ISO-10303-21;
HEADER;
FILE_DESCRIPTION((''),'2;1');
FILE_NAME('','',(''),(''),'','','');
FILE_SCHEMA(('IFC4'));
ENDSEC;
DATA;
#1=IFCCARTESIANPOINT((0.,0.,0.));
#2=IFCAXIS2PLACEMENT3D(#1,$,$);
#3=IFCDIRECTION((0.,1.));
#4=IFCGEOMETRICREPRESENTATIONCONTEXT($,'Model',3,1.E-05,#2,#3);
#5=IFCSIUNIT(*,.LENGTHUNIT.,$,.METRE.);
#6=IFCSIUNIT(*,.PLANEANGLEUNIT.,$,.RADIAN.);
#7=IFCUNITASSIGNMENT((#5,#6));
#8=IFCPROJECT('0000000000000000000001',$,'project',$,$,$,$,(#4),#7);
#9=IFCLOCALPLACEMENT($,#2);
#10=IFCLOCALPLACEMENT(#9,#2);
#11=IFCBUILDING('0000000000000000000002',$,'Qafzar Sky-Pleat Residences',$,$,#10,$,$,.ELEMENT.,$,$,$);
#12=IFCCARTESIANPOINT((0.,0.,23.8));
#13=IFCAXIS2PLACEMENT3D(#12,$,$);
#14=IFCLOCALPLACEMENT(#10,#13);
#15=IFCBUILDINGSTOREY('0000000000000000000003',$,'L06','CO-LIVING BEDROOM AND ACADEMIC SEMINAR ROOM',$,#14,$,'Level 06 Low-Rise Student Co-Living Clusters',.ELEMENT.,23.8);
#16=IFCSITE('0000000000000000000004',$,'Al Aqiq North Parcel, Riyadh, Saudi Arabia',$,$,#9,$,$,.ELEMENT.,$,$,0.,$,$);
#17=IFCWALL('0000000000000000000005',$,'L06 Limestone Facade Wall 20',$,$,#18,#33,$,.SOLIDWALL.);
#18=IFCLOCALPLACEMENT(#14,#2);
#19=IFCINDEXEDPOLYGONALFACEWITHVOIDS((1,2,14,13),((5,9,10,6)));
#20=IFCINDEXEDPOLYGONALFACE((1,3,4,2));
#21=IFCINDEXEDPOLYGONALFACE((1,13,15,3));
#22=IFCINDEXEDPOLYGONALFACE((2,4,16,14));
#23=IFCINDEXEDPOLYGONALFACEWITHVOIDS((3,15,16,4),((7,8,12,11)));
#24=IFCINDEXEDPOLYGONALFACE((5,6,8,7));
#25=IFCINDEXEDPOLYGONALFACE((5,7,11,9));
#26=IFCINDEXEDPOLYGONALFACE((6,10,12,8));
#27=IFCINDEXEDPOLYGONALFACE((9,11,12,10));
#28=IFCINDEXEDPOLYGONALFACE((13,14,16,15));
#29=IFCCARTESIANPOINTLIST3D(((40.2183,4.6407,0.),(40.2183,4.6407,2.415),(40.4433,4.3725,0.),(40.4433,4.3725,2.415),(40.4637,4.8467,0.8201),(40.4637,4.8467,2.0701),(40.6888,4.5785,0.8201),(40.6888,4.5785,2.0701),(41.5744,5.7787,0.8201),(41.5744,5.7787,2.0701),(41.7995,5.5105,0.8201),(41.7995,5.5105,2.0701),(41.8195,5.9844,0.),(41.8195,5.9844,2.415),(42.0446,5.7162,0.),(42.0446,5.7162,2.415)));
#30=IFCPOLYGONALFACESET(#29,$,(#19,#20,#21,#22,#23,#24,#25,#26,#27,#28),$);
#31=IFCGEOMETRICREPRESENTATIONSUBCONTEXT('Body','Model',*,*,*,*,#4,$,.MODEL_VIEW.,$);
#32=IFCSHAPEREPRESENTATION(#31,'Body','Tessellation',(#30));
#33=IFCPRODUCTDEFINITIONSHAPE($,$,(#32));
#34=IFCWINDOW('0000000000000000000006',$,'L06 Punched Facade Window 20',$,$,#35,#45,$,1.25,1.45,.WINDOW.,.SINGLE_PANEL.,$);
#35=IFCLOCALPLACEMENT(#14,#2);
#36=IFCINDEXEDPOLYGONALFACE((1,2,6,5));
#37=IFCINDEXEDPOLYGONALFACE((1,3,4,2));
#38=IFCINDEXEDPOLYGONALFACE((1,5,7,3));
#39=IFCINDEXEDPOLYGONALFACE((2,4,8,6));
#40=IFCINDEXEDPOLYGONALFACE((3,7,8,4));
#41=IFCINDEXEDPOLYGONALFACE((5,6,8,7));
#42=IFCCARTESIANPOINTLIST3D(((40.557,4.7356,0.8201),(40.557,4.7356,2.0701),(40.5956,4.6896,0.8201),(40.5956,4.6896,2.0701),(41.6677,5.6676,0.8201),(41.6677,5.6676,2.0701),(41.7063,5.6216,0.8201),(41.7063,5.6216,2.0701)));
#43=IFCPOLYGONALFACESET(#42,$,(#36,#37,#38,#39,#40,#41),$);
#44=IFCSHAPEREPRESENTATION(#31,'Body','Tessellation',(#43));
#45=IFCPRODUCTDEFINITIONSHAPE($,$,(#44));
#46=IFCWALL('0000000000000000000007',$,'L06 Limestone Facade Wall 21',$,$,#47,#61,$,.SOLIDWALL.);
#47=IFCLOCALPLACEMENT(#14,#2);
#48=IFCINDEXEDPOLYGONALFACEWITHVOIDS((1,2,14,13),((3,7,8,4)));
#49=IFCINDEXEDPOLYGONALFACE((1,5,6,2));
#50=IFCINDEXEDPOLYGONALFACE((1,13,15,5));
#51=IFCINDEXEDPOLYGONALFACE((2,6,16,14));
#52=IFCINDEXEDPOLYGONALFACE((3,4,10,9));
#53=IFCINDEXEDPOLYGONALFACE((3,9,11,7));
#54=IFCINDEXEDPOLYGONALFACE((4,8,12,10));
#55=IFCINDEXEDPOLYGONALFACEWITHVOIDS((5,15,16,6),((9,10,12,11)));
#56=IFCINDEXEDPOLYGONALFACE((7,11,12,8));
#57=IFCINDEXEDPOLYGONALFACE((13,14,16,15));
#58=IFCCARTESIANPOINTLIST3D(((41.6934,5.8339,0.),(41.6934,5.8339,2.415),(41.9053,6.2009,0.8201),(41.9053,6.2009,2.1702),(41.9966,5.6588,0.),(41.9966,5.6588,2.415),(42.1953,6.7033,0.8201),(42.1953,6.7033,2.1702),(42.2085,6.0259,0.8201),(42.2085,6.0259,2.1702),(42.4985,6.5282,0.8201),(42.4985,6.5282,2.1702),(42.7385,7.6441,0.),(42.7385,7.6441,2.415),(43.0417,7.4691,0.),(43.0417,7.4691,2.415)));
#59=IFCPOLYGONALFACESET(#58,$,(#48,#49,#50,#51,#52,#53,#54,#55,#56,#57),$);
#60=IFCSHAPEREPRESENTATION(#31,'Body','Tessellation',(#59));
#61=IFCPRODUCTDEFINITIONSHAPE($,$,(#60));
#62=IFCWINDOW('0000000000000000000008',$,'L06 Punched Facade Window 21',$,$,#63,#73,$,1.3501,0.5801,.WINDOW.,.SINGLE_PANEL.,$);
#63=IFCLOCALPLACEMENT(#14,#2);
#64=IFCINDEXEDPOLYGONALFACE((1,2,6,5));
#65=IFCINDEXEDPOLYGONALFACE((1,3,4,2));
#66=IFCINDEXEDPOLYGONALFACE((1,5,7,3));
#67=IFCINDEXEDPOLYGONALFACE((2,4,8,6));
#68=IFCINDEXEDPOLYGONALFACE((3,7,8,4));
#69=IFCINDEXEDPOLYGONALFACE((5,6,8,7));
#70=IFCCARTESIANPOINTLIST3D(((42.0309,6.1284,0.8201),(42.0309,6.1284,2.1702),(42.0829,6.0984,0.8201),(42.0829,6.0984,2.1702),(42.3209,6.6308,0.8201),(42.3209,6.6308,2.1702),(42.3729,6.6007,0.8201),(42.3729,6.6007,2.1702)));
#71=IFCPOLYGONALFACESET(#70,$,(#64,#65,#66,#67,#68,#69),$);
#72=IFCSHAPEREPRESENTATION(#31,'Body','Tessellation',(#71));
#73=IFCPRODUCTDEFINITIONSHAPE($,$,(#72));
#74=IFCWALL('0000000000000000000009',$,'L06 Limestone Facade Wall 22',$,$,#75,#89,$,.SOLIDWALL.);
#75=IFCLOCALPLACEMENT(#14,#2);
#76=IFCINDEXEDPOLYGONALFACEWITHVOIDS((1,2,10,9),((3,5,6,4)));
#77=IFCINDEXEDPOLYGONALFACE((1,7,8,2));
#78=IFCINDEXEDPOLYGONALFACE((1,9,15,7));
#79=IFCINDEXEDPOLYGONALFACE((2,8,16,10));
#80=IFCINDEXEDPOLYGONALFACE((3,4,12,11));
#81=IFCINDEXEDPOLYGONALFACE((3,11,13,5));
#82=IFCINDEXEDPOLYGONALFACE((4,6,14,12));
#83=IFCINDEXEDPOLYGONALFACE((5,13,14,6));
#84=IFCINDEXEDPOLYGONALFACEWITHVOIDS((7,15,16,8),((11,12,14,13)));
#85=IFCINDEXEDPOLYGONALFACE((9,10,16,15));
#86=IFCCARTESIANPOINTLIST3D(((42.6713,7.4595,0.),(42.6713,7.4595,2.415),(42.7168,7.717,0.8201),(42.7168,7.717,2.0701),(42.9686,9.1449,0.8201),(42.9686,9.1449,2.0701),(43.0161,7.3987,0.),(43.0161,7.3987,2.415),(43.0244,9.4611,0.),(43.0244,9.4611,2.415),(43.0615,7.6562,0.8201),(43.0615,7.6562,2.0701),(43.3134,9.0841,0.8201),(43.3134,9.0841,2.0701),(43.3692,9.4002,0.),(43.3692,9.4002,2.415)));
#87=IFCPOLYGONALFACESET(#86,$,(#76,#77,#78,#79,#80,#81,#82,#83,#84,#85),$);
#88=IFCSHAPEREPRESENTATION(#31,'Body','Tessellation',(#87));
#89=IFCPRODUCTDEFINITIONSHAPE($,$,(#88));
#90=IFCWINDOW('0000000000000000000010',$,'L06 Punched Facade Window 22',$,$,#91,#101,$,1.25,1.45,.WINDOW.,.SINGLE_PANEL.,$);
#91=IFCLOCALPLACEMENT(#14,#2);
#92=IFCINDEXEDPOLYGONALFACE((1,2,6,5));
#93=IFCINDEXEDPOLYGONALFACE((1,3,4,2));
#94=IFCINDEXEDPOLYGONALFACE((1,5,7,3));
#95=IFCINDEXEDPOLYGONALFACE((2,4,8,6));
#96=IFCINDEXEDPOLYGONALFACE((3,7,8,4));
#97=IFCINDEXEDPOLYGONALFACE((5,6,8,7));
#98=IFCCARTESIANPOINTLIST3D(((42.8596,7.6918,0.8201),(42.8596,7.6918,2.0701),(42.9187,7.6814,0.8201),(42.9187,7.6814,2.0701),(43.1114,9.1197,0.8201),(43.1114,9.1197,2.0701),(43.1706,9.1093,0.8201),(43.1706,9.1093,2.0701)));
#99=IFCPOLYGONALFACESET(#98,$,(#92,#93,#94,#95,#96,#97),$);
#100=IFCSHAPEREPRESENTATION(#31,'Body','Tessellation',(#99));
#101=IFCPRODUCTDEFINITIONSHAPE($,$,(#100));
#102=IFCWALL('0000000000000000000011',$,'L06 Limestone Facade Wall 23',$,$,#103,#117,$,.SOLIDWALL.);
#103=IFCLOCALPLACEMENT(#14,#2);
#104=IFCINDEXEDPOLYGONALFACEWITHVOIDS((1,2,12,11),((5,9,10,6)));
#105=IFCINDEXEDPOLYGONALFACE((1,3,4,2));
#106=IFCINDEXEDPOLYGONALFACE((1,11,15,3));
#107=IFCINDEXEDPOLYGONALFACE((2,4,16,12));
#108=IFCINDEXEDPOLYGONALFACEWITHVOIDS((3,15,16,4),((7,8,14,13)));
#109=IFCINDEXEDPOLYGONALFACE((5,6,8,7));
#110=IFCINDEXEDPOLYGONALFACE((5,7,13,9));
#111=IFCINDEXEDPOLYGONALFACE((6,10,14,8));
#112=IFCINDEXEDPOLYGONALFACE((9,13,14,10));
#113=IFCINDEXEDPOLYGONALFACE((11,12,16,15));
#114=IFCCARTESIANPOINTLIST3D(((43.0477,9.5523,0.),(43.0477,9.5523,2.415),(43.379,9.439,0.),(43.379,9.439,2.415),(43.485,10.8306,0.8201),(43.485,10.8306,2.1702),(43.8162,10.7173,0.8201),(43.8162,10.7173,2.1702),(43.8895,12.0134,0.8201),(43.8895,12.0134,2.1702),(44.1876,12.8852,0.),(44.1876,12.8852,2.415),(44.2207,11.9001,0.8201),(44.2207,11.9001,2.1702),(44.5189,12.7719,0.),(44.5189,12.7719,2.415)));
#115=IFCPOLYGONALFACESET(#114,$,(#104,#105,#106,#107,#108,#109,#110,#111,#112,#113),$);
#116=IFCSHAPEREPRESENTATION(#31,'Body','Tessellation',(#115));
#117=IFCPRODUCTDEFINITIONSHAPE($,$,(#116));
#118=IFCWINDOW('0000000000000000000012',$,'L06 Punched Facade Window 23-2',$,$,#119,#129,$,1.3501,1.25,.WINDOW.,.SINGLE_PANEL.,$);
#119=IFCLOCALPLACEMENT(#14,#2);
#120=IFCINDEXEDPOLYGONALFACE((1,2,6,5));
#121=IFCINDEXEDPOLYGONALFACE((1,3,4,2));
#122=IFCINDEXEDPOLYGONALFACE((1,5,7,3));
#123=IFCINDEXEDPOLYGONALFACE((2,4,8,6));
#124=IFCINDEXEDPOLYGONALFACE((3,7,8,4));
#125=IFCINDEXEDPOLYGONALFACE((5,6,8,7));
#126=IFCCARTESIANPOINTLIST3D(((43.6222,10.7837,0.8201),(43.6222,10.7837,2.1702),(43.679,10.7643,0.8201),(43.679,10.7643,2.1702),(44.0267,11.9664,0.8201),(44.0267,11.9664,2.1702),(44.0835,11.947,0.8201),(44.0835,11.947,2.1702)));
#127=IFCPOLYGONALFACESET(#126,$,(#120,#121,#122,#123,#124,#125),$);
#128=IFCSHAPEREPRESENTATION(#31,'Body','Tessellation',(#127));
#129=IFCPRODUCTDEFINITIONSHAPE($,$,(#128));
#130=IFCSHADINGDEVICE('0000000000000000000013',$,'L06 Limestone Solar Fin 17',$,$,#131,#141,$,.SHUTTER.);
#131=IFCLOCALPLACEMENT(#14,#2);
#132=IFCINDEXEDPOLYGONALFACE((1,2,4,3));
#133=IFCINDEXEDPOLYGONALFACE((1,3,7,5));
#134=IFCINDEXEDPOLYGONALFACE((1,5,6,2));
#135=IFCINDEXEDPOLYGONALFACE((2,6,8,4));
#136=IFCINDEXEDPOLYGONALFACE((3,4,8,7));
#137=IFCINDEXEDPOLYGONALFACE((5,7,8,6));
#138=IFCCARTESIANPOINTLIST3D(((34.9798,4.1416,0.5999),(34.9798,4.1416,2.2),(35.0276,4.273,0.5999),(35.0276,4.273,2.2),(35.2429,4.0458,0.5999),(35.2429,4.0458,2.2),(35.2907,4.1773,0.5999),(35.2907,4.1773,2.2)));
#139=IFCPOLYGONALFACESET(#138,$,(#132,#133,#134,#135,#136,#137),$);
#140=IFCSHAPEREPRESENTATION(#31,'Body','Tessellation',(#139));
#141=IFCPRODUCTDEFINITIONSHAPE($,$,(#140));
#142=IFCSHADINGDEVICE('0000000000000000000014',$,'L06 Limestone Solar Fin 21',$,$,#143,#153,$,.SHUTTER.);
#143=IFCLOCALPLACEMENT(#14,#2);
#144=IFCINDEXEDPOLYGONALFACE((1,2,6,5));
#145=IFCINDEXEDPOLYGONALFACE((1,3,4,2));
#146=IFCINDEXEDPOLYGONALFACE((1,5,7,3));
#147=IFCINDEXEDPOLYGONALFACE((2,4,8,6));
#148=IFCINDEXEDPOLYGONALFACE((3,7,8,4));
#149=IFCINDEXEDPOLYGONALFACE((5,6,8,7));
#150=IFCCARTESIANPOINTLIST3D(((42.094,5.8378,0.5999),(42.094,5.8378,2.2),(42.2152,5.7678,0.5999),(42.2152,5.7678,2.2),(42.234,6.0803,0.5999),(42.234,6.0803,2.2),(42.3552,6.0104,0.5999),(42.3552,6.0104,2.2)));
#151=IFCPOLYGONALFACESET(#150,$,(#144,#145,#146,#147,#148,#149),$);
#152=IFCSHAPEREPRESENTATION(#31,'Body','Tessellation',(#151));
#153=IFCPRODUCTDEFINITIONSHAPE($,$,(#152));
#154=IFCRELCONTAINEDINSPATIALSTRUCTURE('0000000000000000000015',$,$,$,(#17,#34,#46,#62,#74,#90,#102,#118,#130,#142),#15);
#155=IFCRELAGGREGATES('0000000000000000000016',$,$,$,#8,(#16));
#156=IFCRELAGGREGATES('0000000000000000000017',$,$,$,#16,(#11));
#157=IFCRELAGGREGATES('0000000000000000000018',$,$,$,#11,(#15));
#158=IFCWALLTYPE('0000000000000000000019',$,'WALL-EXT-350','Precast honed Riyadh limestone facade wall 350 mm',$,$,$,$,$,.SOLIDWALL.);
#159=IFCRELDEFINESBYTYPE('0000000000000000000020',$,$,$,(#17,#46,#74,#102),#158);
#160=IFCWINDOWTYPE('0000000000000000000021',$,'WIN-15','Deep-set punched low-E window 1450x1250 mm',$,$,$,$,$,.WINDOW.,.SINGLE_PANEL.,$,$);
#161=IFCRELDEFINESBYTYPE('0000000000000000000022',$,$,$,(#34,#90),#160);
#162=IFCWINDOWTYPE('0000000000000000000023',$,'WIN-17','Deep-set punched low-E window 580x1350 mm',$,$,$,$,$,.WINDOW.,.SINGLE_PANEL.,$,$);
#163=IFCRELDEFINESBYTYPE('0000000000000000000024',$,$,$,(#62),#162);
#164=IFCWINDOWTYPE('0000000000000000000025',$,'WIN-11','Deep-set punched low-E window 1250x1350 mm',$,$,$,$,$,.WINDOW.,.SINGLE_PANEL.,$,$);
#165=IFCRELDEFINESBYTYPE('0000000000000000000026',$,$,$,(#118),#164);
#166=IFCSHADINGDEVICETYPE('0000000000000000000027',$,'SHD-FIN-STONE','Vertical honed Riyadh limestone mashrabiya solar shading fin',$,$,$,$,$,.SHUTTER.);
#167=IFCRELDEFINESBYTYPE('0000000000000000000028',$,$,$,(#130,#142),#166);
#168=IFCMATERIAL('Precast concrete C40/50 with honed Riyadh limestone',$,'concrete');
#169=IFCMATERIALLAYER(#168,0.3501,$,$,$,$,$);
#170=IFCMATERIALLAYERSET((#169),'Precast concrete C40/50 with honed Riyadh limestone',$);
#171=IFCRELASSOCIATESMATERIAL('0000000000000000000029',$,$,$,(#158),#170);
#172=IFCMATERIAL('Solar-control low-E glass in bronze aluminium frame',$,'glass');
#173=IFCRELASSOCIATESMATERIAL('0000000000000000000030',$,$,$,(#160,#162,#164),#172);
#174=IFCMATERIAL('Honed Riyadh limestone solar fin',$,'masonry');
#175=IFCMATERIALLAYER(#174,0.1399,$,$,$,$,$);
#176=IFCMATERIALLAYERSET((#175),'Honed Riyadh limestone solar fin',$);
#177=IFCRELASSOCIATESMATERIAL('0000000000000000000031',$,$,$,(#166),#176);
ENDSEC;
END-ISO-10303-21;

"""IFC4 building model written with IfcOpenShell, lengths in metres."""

from ifc_helpers import new_model, si_unit, direction, frame, frame_2d, origin, origin_2d, place, context, subcontext, project, spatial, rectangle, extrude, source, transform, mapped, material, layer, layer_set, type_object, element, fill, save


model = new_model("IFC4")

# Units and contexts
model_context = context("Model", 3, precision=1e-05, world=origin(), true_north=direction((0.0, 1.0)))
body_context = subcontext(model_context, "Body", "Model", "MODEL_VIEW")
ifc_project = project(units=[si_unit("LENGTHUNIT", "METRE"), si_unit("PLANEANGLEUNIT", "RADIAN")], contexts=[model_context])

# Site, building, storey
site_placement = place(None, origin())
site = spatial("IfcSite", under=ifc_project, at=site_placement, Name="Al Aqiq North Parcel, Riyadh, Saudi Arabia", CompositionType="ELEMENT", RefElevation=0.0)
building_placement = place(site_placement, origin())
building = spatial("IfcBuilding", under=site, at=building_placement, Name="Qafzar Sky-Pleat Residences", CompositionType="ELEMENT")
storey_placement = place(building_placement, frame((0.0, 0.0, 23.8)))
storey = spatial("IfcBuildingStorey", under=building, at=storey_placement, Name="L06", Description="CO-LIVING BEDROOM AND ACADEMIC SEMINAR ROOM", LongName="Level 06 Low-Rise Student Co-Living Clusters", CompositionType="ELEMENT", Elevation=23.8)

# Walls, openings, windows
ifc_material_1 = material(Name="Precast concrete C40/50 with honed Riyadh limestone", Category="concrete")
ifc_layer_1 = layer(ifc_material_1, 0.3501)
ifc_layer_set_1 = layer_set([ifc_layer_1], Name="Precast concrete C40/50 with honed Riyadh limestone")
wall_type_1 = type_object("IfcWallType", Name="WALL-EXT-350", Description="Precast honed Riyadh limestone facade wall 350 mm", PredefinedType="SOLIDWALL", material=ifc_layer_set_1)
ifc_material_2 = material(Name="Solar-control low-E glass in bronze aluminium frame", Category="glass")
window_type_1 = type_object("IfcWindowType", Name="WIN-15", Description="Deep-set punched low-E window 1450x1250 mm", PartitioningType="SINGLE_PANEL", PredefinedType="WINDOW", material=ifc_material_2)
shared_shape_1 = source(origin(), body_context, "Body", "SweptSolid", [
    extrude(rectangle(XDim=1.45, YDim=1.25, at=frame_2d((0.7251, 0.625))), frame((0.0, 0.03, 0.0), z_axis=(0.0, -1.0, 0.0), x_axis=(1.0, 0.0, 0.0)), (0.0, 0.0, 1.0), 0.0601),
])
wall_1_placement = place(storey_placement, frame((40.3308, 4.5066, 0.0), z_axis=(0.0, 0.0, 1.0), x_axis=(0.766025, 0.642811, 0.0)))
wall_1 = element("IfcWall", 1, at=wall_1_placement, inside=storey, type_object=wall_type_1, Name="L06 Limestone Facade Wall 20", PredefinedType="SOLIDWALL", context=body_context, shape_type="SweptSolid", body=[
    extrude(rectangle(XDim=2.0903, YDim=0.3501, at=frame_2d((1.0452, 0.0))), origin(), (0.0, 0.0, 1.0), 2.415),
])
opening_1_placement = place(wall_1_placement, frame((0.3203, 0.0, 0.8201)))
opening_1 = element("IfcOpeningElement", 2, at=opening_1_placement, cuts=wall_1, PredefinedType="OPENING", context=body_context, shape_type="SweptSolid", body=[
    extrude(rectangle(XDim=1.45, YDim=1.25, at=frame_2d((0.7251, 0.625))), frame((0.0, 0.1851, 0.0), z_axis=(0.0, -1.0, 0.0), x_axis=(1.0, 0.0, 0.0)), (0.0, 0.0, 1.0), 0.3701),
])
window_1_placement = place(opening_1_placement, origin())
window_1 = element("IfcWindow", 3, at=window_1_placement, inside=storey, type_object=window_type_1, Name="L06 Punched Facade Window 20", OverallHeight=1.25, OverallWidth=1.45, PartitioningType="SINGLE_PANEL", PredefinedType="WINDOW", context=body_context, shape_type="MappedRepresentation", body=[
    mapped(shared_shape_1, transform((0.0, 0.0, 0.0), x_axis=(1.0, 0.0, 0.0), y_axis=(0.0, 1.0, 0.0), z_axis=(0.0, 0.0, 1.0), scale=1.0)),
])
fill(opening_1, window_1)
wall_2_placement = place(storey_placement, frame((41.845, 5.7463, 0.0), z_axis=(0.0, 0.0, 1.0), x_axis=(0.499995, 0.866028, 0.0)))
wall_2 = element("IfcWall", 4, at=wall_2_placement, inside=storey, type_object=wall_type_1, Name="L06 Limestone Facade Wall 21", PredefinedType="SOLIDWALL", context=body_context, shape_type="SweptSolid", body=[
    extrude(rectangle(XDim=2.0903, YDim=0.3501, at=frame_2d((1.0452, 0.0))), origin(), (0.0, 0.0, 1.0), 2.415),
])
opening_2_placement = place(wall_2_placement, frame((0.4238, 0.0, 0.8201)))
opening_2 = element("IfcOpeningElement", 5, at=opening_2_placement, cuts=wall_2, PredefinedType="OPENING", context=body_context, shape_type="SweptSolid", body=[
    extrude(rectangle(XDim=0.5801, YDim=1.3501, at=frame_2d((0.29, 0.675))), frame((0.0, 0.1851, 0.0), z_axis=(0.0, -1.0, 0.0), x_axis=(1.0, 0.0, 0.0)), (0.0, 0.0, 1.0), 0.3701),
])
window_type_2 = type_object("IfcWindowType", Name="WIN-17", Description="Deep-set punched low-E window 580x1350 mm", PartitioningType="SINGLE_PANEL", PredefinedType="WINDOW", material=ifc_material_2)
shared_shape_2 = source(origin(), body_context, "Body", "SweptSolid", [
    extrude(rectangle(XDim=0.5801, YDim=1.3501, at=frame_2d((0.29, 0.675))), frame((0.0, 0.03, 0.0), z_axis=(0.0, -1.0, 0.0), x_axis=(1.0, 0.0, 0.0)), (0.0, 0.0, 1.0), 0.0601),
])
window_2_placement = place(opening_2_placement, origin())
window_2 = element("IfcWindow", 6, at=window_2_placement, inside=storey, type_object=window_type_2, Name="L06 Punched Facade Window 21", OverallHeight=1.3501, OverallWidth=0.5801, PartitioningType="SINGLE_PANEL", PredefinedType="WINDOW", context=body_context, shape_type="MappedRepresentation", body=[
    mapped(shared_shape_2, transform((0.0, 0.0, 0.0), x_axis=(1.0, 0.0, 0.0), y_axis=(0.0, 1.0, 0.0), z_axis=(0.0, 0.0, 1.0), scale=1.0)),
])
fill(opening_2, window_2)
wall_3_placement = place(storey_placement, frame((42.8438, 7.4292, 0.0), z_axis=(0.0, 0.0, 1.0), x_axis=(0.173703, 0.984798, 0.0)))
wall_3 = element("IfcWall", 7, at=wall_3_placement, inside=storey, type_object=wall_type_1, Name="L06 Limestone Facade Wall 22", PredefinedType="SOLIDWALL", context=body_context, shape_type="SweptSolid", body=[
    extrude(rectangle(XDim=2.0325, YDim=0.3501, at=frame_2d((1.0161, 0.0))), origin(), (0.0, 0.0, 1.0), 2.415),
])
opening_3_placement = place(wall_3_placement, frame((0.2612, 0.0, 0.8201)))
opening_3 = element("IfcOpeningElement", 8, at=opening_3_placement, cuts=wall_3, PredefinedType="OPENING", context=body_context, shape_type="SweptSolid", body=[
    extrude(rectangle(XDim=1.45, YDim=1.25, at=frame_2d((0.7251, 0.625))), frame((0.0, 0.1851, 0.0), z_axis=(0.0, -1.0, 0.0), x_axis=(1.0, 0.0, 0.0)), (0.0, 0.0, 1.0), 0.3701),
])
window_3_placement = place(opening_3_placement, origin())
window_3 = element("IfcWindow", 9, at=window_3_placement, inside=storey, type_object=window_type_1, Name="L06 Punched Facade Window 22", OverallHeight=1.25, OverallWidth=1.45, PartitioningType="SINGLE_PANEL", PredefinedType="WINDOW", context=body_context, shape_type="MappedRepresentation", body=[
    mapped(shared_shape_1, transform((0.0, 0.0, 0.0), x_axis=(1.0, 0.0, 0.0), y_axis=(0.0, 1.0, 0.0), z_axis=(0.0, 0.0, 1.0), scale=1.0)),
])
fill(opening_3, window_3)
wall_4_placement = place(storey_placement, frame((43.2134, 9.4956, 0.0), z_axis=(0.0, 0.0, 1.0), x_axis=(0.3236, 0.946194, 0.0)))
wall_4 = element("IfcWall", 10, at=wall_4_placement, inside=storey, type_object=wall_type_1, Name="L06 Limestone Facade Wall 23", PredefinedType="SOLIDWALL", context=body_context, shape_type="SweptSolid", body=[
    extrude(rectangle(XDim=3.5225, YDim=0.3501, at=frame_2d((1.7612, 0.0))), origin(), (0.0, 0.0, 1.0), 2.415),
])
opening_4_placement = place(wall_4_placement, frame((1.3511, 0.0, 0.8201)))
opening_4 = element("IfcOpeningElement", 11, at=opening_4_placement, cuts=wall_4, PredefinedType="OPENING", context=body_context, shape_type="SweptSolid", body=[
    extrude(rectangle(XDim=1.25, YDim=1.3501, at=frame_2d((0.625, 0.675))), frame((0.0, 0.1851, 0.0), z_axis=(0.0, -1.0, 0.0), x_axis=(1.0, 0.0, 0.0)), (0.0, 0.0, 1.0), 0.3701),
])
window_type_3 = type_object("IfcWindowType", Name="WIN-11", Description="Deep-set punched low-E window 1250x1350 mm", PartitioningType="SINGLE_PANEL", PredefinedType="WINDOW", material=ifc_material_2)
shared_shape_3 = source(origin(), body_context, "Body", "SweptSolid", [
    extrude(rectangle(XDim=1.25, YDim=1.3501, at=frame_2d((0.625, 0.675))), frame((0.0, 0.03, 0.0), z_axis=(0.0, -1.0, 0.0), x_axis=(1.0, 0.0, 0.0)), (0.0, 0.0, 1.0), 0.0601),
])
window_4_placement = place(opening_4_placement, origin())
window_4 = element("IfcWindow", 12, at=window_4_placement, inside=storey, type_object=window_type_3, Name="L06 Punched Facade Window 23-2", OverallHeight=1.3501, OverallWidth=1.25, PartitioningType="SINGLE_PANEL", PredefinedType="WINDOW", context=body_context, shape_type="MappedRepresentation", body=[
    mapped(shared_shape_3, transform((0.0, 0.0, 0.0), x_axis=(1.0, 0.0, 0.0), y_axis=(0.0, 1.0, 0.0), z_axis=(0.0, 0.0, 1.0), scale=1.0)),
])
fill(opening_4, window_4)

# Shading devices
ifc_material_3 = material(Name="Honed Riyadh limestone solar fin", Category="masonry")
ifc_layer_2 = layer(ifc_material_3, 0.1399)
ifc_layer_set_2 = layer_set([ifc_layer_2], Name="Honed Riyadh limestone solar fin")
shading_device_type = type_object("IfcShadingDeviceType", Name="SHD-FIN-STONE", Description="Vertical honed Riyadh limestone mashrabiya solar shading fin", PredefinedType="SHUTTER", material=ifc_layer_set_2)
shared_shape_4 = source(origin(), body_context, "Body", "SweptSolid", [
    extrude(rectangle(XDim=0.1399, YDim=0.28, at=origin_2d()), origin(), (0.0, 0.0, 1.0), 1.6001),
])
for number, where, z_axis, x_axis, name in (
    (13, (35.1353, 4.1594, 0.5999), (0.0, 0.0, 1.0), (-0.34201, -0.939696, 0.0), "L06 Limestone Solar Fin 17"),
    (14, (42.2246, 5.9241, 0.5999), (0.0, 0.0, 1.0), (0.866032, -0.499989, 0.0), "L06 Limestone Solar Fin 21"),
):
    element("IfcShadingDevice", number, at=place(storey_placement, frame(where, z_axis=z_axis, x_axis=x_axis)), inside=storey, type_object=shading_device_type, Name=name, PredefinedType="SHUTTER", context=body_context, shape_type="MappedRepresentation", body=[
        mapped(shared_shape_4, transform((0.0, 0.0, 0.0), x_axis=(1.0, 0.0, 0.0), y_axis=(0.0, 1.0, 0.0), z_axis=(0.0, 0.0, 1.0), scale=1.0)),
    ])

save(model, "model.ifc")
